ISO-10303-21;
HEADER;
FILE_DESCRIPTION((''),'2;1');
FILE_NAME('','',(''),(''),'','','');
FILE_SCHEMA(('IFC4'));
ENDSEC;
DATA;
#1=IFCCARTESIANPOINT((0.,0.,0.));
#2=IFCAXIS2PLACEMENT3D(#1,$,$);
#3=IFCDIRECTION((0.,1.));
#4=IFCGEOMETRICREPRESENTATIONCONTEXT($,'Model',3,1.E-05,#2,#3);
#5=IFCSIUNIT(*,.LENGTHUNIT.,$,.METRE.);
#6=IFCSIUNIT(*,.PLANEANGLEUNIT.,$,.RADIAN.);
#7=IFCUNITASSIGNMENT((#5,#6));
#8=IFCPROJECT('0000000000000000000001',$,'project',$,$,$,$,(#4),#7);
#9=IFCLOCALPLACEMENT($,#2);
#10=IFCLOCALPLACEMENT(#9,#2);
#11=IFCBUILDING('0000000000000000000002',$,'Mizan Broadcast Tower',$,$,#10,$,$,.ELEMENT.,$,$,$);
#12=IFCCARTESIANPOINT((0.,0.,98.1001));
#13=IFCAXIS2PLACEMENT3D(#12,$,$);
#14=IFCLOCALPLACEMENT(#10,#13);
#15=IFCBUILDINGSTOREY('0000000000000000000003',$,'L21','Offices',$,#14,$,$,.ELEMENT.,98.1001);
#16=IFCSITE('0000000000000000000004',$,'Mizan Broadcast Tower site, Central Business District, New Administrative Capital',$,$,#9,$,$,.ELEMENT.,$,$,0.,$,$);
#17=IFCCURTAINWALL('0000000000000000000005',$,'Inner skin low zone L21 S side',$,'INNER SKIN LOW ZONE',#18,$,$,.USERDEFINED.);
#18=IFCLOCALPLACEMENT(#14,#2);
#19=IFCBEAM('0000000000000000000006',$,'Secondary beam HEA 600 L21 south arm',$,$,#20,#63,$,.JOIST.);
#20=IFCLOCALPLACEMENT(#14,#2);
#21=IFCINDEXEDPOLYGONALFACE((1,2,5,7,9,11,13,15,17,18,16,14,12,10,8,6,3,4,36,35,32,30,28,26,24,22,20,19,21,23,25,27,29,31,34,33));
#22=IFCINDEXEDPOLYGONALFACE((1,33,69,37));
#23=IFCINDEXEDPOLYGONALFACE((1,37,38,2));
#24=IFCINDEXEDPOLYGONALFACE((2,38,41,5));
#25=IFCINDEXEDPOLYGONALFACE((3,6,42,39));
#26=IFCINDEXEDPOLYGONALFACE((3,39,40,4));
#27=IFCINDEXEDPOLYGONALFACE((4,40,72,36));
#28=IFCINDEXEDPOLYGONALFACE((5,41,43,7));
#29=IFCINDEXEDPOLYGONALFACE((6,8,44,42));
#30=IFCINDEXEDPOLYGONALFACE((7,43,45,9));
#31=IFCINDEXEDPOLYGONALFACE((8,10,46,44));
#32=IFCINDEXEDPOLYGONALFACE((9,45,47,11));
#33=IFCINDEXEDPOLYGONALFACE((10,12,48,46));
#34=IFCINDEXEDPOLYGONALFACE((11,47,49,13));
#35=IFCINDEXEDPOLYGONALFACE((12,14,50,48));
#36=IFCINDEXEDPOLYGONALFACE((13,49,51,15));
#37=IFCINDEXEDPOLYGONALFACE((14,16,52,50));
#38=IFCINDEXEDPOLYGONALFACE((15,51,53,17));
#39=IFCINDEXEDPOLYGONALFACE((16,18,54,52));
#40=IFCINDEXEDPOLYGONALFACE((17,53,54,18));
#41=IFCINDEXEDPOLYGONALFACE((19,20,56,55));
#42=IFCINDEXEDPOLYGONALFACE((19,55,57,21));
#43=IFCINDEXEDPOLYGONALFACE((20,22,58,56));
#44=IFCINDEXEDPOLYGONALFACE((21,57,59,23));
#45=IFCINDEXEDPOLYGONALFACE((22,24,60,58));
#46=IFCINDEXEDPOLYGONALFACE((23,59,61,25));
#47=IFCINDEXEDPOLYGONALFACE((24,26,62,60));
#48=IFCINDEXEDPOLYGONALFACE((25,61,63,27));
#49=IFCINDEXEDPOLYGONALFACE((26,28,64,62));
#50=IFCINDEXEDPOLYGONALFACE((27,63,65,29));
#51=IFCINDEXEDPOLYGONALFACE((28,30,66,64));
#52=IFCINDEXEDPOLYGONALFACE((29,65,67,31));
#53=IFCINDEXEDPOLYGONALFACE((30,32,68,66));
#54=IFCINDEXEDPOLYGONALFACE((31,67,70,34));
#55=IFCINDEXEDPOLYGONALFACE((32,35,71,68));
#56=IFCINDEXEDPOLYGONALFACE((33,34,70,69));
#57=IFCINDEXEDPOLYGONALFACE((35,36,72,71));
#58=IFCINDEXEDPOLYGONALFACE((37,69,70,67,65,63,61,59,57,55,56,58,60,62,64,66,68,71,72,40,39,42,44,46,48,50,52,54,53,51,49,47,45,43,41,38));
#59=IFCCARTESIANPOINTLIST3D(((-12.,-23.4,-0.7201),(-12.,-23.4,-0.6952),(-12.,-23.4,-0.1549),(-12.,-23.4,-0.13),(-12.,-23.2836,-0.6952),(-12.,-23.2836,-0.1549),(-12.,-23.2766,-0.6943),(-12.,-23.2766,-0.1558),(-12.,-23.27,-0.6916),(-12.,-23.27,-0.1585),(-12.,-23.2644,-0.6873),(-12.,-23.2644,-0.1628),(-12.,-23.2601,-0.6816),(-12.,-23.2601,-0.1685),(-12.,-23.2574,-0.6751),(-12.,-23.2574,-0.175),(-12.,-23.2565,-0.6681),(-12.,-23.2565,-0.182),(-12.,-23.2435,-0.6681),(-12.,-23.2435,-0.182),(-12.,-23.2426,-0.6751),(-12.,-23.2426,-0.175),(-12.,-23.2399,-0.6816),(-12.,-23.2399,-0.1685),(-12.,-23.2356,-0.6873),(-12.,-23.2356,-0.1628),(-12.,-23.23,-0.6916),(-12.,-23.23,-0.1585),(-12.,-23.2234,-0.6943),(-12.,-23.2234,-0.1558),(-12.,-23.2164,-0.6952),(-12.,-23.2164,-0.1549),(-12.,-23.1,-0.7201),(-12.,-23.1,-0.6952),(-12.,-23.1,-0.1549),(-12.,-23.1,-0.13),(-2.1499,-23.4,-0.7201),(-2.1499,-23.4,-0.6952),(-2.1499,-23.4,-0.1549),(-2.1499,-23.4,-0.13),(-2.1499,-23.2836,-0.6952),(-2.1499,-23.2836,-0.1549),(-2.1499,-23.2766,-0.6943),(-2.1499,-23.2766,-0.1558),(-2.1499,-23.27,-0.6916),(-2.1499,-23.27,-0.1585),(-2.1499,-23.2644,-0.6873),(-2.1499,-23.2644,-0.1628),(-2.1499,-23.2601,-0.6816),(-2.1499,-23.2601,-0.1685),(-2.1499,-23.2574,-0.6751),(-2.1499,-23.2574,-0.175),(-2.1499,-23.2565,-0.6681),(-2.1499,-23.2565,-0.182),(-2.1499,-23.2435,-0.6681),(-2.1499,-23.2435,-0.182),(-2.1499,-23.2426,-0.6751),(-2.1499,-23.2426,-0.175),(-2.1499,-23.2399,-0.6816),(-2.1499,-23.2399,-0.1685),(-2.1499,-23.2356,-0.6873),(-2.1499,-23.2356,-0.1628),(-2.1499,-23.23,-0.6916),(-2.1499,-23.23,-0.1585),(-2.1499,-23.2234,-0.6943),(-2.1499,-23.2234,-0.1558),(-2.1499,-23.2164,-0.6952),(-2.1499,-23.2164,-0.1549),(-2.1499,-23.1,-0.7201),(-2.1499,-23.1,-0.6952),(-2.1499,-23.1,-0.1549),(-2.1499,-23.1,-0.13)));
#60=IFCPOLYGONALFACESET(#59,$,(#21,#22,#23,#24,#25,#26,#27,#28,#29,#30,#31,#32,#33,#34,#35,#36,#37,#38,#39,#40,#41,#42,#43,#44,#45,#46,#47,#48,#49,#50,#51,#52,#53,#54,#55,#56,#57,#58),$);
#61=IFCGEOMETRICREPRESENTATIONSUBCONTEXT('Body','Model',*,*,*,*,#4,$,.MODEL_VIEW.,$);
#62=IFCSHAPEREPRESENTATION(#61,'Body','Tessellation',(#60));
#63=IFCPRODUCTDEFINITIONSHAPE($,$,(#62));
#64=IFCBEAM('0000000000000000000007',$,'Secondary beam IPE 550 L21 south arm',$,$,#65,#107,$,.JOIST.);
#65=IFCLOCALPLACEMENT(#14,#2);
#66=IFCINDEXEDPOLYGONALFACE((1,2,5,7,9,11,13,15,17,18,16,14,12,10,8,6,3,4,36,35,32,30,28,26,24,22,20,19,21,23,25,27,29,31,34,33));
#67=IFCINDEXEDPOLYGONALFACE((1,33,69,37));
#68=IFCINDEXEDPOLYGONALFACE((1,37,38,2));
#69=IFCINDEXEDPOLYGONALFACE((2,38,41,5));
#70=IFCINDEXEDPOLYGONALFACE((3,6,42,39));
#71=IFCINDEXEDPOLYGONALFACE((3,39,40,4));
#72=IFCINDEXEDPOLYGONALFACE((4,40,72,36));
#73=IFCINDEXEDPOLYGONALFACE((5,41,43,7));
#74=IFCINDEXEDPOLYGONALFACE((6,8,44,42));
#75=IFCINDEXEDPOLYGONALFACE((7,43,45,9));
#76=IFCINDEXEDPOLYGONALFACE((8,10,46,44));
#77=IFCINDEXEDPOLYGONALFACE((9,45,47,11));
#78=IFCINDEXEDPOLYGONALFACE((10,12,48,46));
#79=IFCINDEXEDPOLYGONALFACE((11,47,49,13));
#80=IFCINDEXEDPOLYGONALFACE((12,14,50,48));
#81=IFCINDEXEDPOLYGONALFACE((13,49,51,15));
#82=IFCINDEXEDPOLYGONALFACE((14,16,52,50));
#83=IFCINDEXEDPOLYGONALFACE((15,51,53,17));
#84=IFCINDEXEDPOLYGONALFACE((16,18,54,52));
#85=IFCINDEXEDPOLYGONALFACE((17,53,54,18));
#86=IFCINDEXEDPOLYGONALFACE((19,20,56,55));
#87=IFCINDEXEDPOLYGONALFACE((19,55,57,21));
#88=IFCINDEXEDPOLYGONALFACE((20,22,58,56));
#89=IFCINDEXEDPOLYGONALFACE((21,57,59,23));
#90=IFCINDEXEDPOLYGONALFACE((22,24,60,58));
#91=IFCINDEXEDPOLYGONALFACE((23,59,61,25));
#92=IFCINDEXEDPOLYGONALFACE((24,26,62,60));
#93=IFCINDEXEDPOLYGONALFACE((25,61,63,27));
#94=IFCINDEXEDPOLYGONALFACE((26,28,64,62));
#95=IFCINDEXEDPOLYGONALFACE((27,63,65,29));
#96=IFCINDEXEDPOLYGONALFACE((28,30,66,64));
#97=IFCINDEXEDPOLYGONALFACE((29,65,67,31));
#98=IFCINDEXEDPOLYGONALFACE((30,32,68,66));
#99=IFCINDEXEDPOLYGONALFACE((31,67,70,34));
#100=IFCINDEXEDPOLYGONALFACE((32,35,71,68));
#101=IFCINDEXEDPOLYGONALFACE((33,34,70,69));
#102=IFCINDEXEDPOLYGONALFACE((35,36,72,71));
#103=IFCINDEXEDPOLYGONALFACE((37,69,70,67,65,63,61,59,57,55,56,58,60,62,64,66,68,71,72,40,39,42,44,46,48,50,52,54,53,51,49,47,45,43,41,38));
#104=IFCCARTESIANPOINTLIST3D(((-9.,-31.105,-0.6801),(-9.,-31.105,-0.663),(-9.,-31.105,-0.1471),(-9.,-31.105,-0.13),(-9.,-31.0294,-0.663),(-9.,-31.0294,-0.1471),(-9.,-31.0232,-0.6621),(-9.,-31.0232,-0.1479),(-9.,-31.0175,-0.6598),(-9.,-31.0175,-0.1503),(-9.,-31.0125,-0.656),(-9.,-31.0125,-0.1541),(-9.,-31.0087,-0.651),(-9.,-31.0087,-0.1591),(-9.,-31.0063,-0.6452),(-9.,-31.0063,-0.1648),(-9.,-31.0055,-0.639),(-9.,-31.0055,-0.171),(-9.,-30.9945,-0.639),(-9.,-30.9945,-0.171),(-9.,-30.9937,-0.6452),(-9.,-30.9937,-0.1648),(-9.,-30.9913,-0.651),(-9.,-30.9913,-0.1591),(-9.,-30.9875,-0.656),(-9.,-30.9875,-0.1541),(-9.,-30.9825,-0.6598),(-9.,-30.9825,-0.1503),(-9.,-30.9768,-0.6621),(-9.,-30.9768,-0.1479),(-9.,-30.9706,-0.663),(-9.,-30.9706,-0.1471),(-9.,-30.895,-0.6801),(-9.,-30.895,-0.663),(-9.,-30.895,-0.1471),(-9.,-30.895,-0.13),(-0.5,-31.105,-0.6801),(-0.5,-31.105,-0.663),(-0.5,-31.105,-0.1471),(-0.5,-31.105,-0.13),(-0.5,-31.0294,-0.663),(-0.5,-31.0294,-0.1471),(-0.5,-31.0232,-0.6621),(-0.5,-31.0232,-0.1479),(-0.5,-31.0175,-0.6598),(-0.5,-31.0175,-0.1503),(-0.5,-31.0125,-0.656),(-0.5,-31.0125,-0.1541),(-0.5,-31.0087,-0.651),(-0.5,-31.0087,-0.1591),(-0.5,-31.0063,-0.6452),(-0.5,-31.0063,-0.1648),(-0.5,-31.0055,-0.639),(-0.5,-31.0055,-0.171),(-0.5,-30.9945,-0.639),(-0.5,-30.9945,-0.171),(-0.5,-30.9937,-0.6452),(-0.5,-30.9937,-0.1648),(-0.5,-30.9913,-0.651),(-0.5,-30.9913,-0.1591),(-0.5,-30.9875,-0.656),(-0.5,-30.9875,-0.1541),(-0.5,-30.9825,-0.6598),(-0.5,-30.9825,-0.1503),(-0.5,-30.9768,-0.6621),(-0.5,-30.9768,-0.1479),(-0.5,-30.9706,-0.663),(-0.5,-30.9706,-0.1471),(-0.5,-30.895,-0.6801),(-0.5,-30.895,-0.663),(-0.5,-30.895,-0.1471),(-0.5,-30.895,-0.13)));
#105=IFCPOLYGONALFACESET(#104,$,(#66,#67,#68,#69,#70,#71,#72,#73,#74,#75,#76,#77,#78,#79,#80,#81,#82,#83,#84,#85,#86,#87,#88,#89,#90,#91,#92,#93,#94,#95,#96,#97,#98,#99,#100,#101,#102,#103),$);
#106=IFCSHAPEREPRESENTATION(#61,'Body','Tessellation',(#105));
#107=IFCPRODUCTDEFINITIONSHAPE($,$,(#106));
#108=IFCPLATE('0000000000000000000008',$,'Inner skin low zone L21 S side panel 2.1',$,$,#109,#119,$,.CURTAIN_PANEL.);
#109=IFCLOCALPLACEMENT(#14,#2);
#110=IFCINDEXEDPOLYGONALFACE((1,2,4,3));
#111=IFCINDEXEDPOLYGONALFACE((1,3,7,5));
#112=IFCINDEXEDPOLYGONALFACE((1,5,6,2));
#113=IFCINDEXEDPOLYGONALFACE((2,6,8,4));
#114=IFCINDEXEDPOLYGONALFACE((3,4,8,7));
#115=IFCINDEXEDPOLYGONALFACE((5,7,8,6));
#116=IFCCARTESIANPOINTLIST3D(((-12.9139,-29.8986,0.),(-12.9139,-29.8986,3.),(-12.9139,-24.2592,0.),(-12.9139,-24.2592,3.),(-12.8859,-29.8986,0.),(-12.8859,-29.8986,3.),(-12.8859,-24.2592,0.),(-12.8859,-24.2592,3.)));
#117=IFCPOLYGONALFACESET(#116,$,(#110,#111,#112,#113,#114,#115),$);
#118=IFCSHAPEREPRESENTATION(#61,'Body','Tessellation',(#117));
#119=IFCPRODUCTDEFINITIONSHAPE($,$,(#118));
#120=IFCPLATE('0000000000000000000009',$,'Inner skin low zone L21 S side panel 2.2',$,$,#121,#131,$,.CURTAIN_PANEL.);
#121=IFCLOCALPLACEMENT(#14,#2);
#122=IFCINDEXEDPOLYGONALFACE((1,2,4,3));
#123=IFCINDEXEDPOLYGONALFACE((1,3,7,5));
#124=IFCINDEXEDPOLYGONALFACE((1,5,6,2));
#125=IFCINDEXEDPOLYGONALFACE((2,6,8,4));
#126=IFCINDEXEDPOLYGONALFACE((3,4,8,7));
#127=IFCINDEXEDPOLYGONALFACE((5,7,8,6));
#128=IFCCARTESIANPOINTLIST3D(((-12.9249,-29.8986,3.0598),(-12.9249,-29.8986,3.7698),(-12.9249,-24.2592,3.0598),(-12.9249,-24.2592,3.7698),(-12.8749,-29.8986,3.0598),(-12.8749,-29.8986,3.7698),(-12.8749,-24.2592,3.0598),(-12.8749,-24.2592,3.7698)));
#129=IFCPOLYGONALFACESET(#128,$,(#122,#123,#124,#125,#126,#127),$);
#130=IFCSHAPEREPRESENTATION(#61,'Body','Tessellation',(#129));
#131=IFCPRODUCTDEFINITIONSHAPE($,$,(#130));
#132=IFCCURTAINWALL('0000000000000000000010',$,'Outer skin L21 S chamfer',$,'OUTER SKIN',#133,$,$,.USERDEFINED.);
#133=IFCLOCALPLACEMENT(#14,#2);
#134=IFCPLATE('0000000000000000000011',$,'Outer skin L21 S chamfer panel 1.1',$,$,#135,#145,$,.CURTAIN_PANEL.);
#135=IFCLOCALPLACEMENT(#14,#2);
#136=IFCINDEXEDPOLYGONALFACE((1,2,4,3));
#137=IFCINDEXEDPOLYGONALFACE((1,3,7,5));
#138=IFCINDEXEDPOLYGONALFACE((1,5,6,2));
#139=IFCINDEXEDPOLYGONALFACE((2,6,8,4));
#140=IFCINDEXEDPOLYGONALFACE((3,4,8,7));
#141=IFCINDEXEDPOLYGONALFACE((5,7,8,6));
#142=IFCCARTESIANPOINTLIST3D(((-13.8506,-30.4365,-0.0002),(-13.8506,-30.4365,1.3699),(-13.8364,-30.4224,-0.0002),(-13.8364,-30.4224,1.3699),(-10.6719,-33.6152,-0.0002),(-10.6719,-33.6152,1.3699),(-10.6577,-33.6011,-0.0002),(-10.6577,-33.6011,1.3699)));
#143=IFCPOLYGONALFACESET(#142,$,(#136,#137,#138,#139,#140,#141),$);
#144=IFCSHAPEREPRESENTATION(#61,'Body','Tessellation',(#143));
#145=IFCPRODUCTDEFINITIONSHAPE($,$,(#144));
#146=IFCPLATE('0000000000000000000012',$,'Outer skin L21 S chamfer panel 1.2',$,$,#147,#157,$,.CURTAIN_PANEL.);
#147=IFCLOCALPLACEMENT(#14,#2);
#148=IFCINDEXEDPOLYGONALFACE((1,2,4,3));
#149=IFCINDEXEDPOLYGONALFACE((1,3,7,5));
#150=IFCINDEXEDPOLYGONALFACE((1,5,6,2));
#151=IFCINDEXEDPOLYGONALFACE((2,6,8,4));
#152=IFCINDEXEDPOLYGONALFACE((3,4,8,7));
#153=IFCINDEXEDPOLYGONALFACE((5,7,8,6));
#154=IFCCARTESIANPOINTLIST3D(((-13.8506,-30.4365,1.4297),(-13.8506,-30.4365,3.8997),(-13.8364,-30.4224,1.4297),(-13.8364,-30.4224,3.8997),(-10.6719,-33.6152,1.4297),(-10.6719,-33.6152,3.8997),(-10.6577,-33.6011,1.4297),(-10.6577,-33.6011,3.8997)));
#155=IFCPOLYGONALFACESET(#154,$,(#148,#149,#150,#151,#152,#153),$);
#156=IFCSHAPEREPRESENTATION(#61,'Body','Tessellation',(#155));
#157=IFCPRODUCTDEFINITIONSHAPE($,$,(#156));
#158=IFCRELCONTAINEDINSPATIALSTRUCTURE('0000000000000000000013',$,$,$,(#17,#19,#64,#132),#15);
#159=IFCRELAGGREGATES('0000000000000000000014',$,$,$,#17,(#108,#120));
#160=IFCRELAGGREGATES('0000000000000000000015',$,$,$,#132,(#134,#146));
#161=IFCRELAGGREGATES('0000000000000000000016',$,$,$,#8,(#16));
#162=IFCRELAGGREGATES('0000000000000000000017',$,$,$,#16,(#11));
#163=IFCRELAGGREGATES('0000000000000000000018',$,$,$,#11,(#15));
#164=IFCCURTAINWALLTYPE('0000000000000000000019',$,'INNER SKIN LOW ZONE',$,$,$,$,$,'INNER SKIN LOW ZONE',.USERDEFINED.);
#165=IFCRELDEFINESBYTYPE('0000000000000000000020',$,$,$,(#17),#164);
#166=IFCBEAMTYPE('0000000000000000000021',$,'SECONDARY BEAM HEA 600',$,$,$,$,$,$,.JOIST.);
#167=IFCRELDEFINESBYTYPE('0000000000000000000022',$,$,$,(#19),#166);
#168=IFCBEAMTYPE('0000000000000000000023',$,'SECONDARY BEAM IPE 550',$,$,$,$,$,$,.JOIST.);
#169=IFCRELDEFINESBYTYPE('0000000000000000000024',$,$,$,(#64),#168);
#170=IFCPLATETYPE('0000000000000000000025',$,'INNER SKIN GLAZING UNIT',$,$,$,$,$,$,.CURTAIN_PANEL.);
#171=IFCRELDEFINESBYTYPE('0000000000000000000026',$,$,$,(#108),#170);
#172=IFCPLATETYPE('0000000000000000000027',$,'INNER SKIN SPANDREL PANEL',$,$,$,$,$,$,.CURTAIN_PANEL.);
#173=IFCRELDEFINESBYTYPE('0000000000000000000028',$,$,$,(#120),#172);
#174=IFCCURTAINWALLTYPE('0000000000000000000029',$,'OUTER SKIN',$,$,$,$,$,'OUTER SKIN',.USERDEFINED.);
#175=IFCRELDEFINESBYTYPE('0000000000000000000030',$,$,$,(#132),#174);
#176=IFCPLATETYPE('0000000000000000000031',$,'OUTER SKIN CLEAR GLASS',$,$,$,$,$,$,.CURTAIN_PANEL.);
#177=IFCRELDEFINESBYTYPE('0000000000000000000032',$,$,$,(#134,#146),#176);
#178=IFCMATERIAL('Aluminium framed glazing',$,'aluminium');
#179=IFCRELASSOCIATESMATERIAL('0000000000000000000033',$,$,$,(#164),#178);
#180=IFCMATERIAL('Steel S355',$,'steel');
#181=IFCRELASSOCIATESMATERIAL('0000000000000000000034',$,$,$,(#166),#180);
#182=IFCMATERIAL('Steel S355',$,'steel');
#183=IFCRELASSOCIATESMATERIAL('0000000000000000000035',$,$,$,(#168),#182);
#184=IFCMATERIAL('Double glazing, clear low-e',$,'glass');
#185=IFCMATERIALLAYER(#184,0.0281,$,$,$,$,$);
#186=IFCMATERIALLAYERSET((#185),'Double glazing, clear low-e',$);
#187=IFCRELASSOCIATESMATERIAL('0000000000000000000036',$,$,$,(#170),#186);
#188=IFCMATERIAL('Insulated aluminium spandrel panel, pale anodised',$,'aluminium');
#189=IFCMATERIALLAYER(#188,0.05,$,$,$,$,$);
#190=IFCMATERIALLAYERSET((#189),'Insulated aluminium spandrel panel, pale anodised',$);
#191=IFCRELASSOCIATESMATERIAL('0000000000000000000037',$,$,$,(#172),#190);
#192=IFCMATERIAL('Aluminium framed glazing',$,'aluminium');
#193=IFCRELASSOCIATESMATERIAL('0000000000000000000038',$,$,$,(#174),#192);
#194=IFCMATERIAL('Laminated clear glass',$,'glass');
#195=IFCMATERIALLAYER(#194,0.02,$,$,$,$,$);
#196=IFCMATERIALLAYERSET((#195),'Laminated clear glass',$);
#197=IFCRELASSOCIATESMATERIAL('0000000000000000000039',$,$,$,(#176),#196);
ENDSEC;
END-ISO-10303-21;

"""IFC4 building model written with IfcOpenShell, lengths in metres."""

from ifc_helpers import new_model, si_unit, direction, frame, origin, origin_2d, place, context, subcontext, project, spatial, rectangle, i_section, extrude, material, layer, layer_set, material_profile, profile_set, type_object, element, aggregate, save


model = new_model("IFC4")

# Units and contexts
model_context = context("Model", 3, precision=1e-05, world=origin(), true_north=direction((0.0, 1.0)))
body_context = subcontext(model_context, "Body", "Model", "MODEL_VIEW")
ifc_project = project(units=[si_unit("LENGTHUNIT", "METRE"), si_unit("PLANEANGLEUNIT", "RADIAN")], contexts=[model_context])

# Site, building, storey
site_placement = place(None, origin())
site = spatial("IfcSite", under=ifc_project, at=site_placement, Name="Mizan Broadcast Tower site, Central Business District, New Administrative Capital", CompositionType="ELEMENT", RefElevation=0.0)
building_placement = place(site_placement, origin())
building = spatial("IfcBuilding", under=site, at=building_placement, Name="Mizan Broadcast Tower", CompositionType="ELEMENT")
storey_placement = place(building_placement, frame((0.0, 0.0, 98.1001)))
storey = spatial("IfcBuildingStorey", under=building, at=storey_placement, Name="L21", Description="Offices", CompositionType="ELEMENT", Elevation=98.1001)

# Curtain wall
ifc_material_1 = material(Name="Aluminium framed glazing", Category="aluminium")
curtain_wall_type_1 = type_object("IfcCurtainWallType", Name="INNER SKIN LOW ZONE", ElementType="INNER SKIN LOW ZONE", PredefinedType="USERDEFINED", material=ifc_material_1)
curtain_wall_1_placement = place(storey_placement, origin())
curtain_wall_1 = element("IfcCurtainWall", 1, at=curtain_wall_1_placement, inside=storey, type_object=curtain_wall_type_1, Name="Inner skin low zone L21 S side", ObjectType="INNER SKIN LOW ZONE", PredefinedType="USERDEFINED")

# Beams
ifc_material_2 = material(Name="Steel S355", Category="steel")
ifc_material_profile_1 = material_profile(ifc_material_2, i_section(OverallWidth=0.3, OverallDepth=0.5901, WebThickness=0.0129, FlangeThickness=0.0249, FilletRadius=0.0271, at=origin_2d()), Name="HEA 600")
ifc_profile_set_1 = profile_set([ifc_material_profile_1], Name="Steel S355")
beam_type_1 = type_object("IfcBeamType", Name="SECONDARY BEAM HEA 600", PredefinedType="JOIST", material=ifc_profile_set_1)
beam_1_placement = place(storey_placement, frame((-12.0, -23.25, -0.425), z_axis=(1.0, 0.0, 0.0), x_axis=(0.0, 1.0, 0.0)))
element("IfcBeam", 2, at=beam_1_placement, inside=storey, type_object=beam_type_1, Name="Secondary beam HEA 600 L21 south arm", PredefinedType="JOIST", context=body_context, shape_type="SweptSolid", body=[
    extrude(i_section(OverallWidth=0.3, OverallDepth=0.5901, WebThickness=0.0129, FlangeThickness=0.0249, FilletRadius=0.0271, at=origin_2d()), origin(), (0.0, 0.0, 1.0), 9.8501),
])
ifc_material_3 = material(Name="Steel S355", Category="steel")
ifc_material_profile_2 = material_profile(ifc_material_3, i_section(OverallWidth=0.21, OverallDepth=0.55, WebThickness=0.011, FlangeThickness=0.0171, FilletRadius=0.0239, at=origin_2d()), Name="IPE 550")
ifc_profile_set_2 = profile_set([ifc_material_profile_2], Name="Steel S355")
beam_type_2 = type_object("IfcBeamType", Name="SECONDARY BEAM IPE 550", PredefinedType="JOIST", material=ifc_profile_set_2)
beam_2_placement = place(storey_placement, frame((-9.0, -31.0, -0.405), z_axis=(1.0, 0.0, 0.0), x_axis=(0.0, 1.0, 0.0)))
element("IfcBeam", 3, at=beam_2_placement, inside=storey, type_object=beam_type_2, Name="Secondary beam IPE 550 L21 south arm", PredefinedType="JOIST", context=body_context, shape_type="SweptSolid", body=[
    extrude(i_section(OverallWidth=0.21, OverallDepth=0.55, WebThickness=0.011, FlangeThickness=0.0171, FilletRadius=0.0239, at=origin_2d()), origin(), (0.0, 0.0, 1.0), 8.5),
])

# Plates
ifc_material_4 = material(Name="Double glazing, clear low-e", Category="glass")
ifc_layer_1 = layer(ifc_material_4, 0.0281)
ifc_layer_set_1 = layer_set([ifc_layer_1], Name="Double glazing, clear low-e")
plate_type_1 = type_object("IfcPlateType", Name="INNER SKIN GLAZING UNIT", PredefinedType="CURTAIN_PANEL", material=ifc_layer_set_1)
plate_1_placement = place(storey_placement, frame((-12.8999, -27.0789, 0.0), z_axis=(0.0, 0.0, 1.0), x_axis=(0.0, -1.0, 0.0)))
plate_1 = element("IfcPlate", 4, at=plate_1_placement, type_object=plate_type_1, Name="Inner skin low zone L21 S side panel 2.1", PredefinedType="CURTAIN_PANEL", context=body_context, shape_type="SweptSolid", body=[
    extrude(rectangle(XDim=5.6394, YDim=0.0281, at=origin_2d()), origin(), (0.0, 0.0, 1.0), 3.0),
])
ifc_material_5 = material(Name="Insulated aluminium spandrel panel, pale anodised", Category="aluminium")
ifc_layer_2 = layer(ifc_material_5, 0.05)
ifc_layer_set_2 = layer_set([ifc_layer_2], Name="Insulated aluminium spandrel panel, pale anodised")
plate_type_2 = type_object("IfcPlateType", Name="INNER SKIN SPANDREL PANEL", PredefinedType="CURTAIN_PANEL", material=ifc_layer_set_2)
plate_2_placement = place(storey_placement, frame((-12.8999, -27.0789, 3.0598), z_axis=(0.0, 0.0, 1.0), x_axis=(0.0, -1.0, 0.0)))
plate_2 = element("IfcPlate", 5, at=plate_2_placement, type_object=plate_type_2, Name="Inner skin low zone L21 S side panel 2.2", PredefinedType="CURTAIN_PANEL", context=body_context, shape_type="SweptSolid", body=[
    extrude(rectangle(XDim=5.6394, YDim=0.05, at=origin_2d()), origin(), (0.0, 0.0, 1.0), 0.71),
])
aggregate(curtain_wall_1, [plate_1, plate_2])

# Curtain wall, plates
ifc_material_6 = material(Name="Aluminium framed glazing", Category="aluminium")
curtain_wall_type_2 = type_object("IfcCurtainWallType", Name="OUTER SKIN", ElementType="OUTER SKIN", PredefinedType="USERDEFINED", material=ifc_material_6)
curtain_wall_2_placement = place(storey_placement, origin())
curtain_wall_2 = element("IfcCurtainWall", 6, at=curtain_wall_2_placement, inside=storey, type_object=curtain_wall_type_2, Name="Outer skin L21 S chamfer", ObjectType="OUTER SKIN", PredefinedType="USERDEFINED")
ifc_material_7 = material(Name="Laminated clear glass", Category="glass")
ifc_layer_3 = layer(ifc_material_7, 0.02)
ifc_layer_set_3 = layer_set([ifc_layer_3], Name="Laminated clear glass")
plate_type_3 = type_object("IfcPlateType", Name="OUTER SKIN CLEAR GLASS", PredefinedType="CURTAIN_PANEL", material=ifc_layer_set_3)
plate_3_placement = place(storey_placement, frame((-12.2542, -32.0188, -0.0002), z_axis=(0.0, 0.0, 1.0), x_axis=(0.707107, -0.707107, 0.0)))
plate_3 = element("IfcPlate", 7, at=plate_3_placement, type_object=plate_type_3, Name="Outer skin L21 S chamfer panel 1.1", PredefinedType="CURTAIN_PANEL", context=body_context, shape_type="SweptSolid", body=[
    extrude(rectangle(XDim=4.4954, YDim=0.02, at=origin_2d()), origin(), (0.0, 0.0, 1.0), 1.3701),
])
plate_4_placement = place(storey_placement, frame((-12.2542, -32.0188, 1.4297), z_axis=(0.0, 0.0, 1.0), x_axis=(0.707107, -0.707107, 0.0)))
plate_4 = element("IfcPlate", 8, at=plate_4_placement, type_object=plate_type_3, Name="Outer skin L21 S chamfer panel 1.2", PredefinedType="CURTAIN_PANEL", context=body_context, shape_type="SweptSolid", body=[
    extrude(rectangle(XDim=4.4954, YDim=0.02, at=origin_2d()), origin(), (0.0, 0.0, 1.0), 2.47),
])
aggregate(curtain_wall_2, [plate_3, plate_4])

save(model, "model.ifc")
